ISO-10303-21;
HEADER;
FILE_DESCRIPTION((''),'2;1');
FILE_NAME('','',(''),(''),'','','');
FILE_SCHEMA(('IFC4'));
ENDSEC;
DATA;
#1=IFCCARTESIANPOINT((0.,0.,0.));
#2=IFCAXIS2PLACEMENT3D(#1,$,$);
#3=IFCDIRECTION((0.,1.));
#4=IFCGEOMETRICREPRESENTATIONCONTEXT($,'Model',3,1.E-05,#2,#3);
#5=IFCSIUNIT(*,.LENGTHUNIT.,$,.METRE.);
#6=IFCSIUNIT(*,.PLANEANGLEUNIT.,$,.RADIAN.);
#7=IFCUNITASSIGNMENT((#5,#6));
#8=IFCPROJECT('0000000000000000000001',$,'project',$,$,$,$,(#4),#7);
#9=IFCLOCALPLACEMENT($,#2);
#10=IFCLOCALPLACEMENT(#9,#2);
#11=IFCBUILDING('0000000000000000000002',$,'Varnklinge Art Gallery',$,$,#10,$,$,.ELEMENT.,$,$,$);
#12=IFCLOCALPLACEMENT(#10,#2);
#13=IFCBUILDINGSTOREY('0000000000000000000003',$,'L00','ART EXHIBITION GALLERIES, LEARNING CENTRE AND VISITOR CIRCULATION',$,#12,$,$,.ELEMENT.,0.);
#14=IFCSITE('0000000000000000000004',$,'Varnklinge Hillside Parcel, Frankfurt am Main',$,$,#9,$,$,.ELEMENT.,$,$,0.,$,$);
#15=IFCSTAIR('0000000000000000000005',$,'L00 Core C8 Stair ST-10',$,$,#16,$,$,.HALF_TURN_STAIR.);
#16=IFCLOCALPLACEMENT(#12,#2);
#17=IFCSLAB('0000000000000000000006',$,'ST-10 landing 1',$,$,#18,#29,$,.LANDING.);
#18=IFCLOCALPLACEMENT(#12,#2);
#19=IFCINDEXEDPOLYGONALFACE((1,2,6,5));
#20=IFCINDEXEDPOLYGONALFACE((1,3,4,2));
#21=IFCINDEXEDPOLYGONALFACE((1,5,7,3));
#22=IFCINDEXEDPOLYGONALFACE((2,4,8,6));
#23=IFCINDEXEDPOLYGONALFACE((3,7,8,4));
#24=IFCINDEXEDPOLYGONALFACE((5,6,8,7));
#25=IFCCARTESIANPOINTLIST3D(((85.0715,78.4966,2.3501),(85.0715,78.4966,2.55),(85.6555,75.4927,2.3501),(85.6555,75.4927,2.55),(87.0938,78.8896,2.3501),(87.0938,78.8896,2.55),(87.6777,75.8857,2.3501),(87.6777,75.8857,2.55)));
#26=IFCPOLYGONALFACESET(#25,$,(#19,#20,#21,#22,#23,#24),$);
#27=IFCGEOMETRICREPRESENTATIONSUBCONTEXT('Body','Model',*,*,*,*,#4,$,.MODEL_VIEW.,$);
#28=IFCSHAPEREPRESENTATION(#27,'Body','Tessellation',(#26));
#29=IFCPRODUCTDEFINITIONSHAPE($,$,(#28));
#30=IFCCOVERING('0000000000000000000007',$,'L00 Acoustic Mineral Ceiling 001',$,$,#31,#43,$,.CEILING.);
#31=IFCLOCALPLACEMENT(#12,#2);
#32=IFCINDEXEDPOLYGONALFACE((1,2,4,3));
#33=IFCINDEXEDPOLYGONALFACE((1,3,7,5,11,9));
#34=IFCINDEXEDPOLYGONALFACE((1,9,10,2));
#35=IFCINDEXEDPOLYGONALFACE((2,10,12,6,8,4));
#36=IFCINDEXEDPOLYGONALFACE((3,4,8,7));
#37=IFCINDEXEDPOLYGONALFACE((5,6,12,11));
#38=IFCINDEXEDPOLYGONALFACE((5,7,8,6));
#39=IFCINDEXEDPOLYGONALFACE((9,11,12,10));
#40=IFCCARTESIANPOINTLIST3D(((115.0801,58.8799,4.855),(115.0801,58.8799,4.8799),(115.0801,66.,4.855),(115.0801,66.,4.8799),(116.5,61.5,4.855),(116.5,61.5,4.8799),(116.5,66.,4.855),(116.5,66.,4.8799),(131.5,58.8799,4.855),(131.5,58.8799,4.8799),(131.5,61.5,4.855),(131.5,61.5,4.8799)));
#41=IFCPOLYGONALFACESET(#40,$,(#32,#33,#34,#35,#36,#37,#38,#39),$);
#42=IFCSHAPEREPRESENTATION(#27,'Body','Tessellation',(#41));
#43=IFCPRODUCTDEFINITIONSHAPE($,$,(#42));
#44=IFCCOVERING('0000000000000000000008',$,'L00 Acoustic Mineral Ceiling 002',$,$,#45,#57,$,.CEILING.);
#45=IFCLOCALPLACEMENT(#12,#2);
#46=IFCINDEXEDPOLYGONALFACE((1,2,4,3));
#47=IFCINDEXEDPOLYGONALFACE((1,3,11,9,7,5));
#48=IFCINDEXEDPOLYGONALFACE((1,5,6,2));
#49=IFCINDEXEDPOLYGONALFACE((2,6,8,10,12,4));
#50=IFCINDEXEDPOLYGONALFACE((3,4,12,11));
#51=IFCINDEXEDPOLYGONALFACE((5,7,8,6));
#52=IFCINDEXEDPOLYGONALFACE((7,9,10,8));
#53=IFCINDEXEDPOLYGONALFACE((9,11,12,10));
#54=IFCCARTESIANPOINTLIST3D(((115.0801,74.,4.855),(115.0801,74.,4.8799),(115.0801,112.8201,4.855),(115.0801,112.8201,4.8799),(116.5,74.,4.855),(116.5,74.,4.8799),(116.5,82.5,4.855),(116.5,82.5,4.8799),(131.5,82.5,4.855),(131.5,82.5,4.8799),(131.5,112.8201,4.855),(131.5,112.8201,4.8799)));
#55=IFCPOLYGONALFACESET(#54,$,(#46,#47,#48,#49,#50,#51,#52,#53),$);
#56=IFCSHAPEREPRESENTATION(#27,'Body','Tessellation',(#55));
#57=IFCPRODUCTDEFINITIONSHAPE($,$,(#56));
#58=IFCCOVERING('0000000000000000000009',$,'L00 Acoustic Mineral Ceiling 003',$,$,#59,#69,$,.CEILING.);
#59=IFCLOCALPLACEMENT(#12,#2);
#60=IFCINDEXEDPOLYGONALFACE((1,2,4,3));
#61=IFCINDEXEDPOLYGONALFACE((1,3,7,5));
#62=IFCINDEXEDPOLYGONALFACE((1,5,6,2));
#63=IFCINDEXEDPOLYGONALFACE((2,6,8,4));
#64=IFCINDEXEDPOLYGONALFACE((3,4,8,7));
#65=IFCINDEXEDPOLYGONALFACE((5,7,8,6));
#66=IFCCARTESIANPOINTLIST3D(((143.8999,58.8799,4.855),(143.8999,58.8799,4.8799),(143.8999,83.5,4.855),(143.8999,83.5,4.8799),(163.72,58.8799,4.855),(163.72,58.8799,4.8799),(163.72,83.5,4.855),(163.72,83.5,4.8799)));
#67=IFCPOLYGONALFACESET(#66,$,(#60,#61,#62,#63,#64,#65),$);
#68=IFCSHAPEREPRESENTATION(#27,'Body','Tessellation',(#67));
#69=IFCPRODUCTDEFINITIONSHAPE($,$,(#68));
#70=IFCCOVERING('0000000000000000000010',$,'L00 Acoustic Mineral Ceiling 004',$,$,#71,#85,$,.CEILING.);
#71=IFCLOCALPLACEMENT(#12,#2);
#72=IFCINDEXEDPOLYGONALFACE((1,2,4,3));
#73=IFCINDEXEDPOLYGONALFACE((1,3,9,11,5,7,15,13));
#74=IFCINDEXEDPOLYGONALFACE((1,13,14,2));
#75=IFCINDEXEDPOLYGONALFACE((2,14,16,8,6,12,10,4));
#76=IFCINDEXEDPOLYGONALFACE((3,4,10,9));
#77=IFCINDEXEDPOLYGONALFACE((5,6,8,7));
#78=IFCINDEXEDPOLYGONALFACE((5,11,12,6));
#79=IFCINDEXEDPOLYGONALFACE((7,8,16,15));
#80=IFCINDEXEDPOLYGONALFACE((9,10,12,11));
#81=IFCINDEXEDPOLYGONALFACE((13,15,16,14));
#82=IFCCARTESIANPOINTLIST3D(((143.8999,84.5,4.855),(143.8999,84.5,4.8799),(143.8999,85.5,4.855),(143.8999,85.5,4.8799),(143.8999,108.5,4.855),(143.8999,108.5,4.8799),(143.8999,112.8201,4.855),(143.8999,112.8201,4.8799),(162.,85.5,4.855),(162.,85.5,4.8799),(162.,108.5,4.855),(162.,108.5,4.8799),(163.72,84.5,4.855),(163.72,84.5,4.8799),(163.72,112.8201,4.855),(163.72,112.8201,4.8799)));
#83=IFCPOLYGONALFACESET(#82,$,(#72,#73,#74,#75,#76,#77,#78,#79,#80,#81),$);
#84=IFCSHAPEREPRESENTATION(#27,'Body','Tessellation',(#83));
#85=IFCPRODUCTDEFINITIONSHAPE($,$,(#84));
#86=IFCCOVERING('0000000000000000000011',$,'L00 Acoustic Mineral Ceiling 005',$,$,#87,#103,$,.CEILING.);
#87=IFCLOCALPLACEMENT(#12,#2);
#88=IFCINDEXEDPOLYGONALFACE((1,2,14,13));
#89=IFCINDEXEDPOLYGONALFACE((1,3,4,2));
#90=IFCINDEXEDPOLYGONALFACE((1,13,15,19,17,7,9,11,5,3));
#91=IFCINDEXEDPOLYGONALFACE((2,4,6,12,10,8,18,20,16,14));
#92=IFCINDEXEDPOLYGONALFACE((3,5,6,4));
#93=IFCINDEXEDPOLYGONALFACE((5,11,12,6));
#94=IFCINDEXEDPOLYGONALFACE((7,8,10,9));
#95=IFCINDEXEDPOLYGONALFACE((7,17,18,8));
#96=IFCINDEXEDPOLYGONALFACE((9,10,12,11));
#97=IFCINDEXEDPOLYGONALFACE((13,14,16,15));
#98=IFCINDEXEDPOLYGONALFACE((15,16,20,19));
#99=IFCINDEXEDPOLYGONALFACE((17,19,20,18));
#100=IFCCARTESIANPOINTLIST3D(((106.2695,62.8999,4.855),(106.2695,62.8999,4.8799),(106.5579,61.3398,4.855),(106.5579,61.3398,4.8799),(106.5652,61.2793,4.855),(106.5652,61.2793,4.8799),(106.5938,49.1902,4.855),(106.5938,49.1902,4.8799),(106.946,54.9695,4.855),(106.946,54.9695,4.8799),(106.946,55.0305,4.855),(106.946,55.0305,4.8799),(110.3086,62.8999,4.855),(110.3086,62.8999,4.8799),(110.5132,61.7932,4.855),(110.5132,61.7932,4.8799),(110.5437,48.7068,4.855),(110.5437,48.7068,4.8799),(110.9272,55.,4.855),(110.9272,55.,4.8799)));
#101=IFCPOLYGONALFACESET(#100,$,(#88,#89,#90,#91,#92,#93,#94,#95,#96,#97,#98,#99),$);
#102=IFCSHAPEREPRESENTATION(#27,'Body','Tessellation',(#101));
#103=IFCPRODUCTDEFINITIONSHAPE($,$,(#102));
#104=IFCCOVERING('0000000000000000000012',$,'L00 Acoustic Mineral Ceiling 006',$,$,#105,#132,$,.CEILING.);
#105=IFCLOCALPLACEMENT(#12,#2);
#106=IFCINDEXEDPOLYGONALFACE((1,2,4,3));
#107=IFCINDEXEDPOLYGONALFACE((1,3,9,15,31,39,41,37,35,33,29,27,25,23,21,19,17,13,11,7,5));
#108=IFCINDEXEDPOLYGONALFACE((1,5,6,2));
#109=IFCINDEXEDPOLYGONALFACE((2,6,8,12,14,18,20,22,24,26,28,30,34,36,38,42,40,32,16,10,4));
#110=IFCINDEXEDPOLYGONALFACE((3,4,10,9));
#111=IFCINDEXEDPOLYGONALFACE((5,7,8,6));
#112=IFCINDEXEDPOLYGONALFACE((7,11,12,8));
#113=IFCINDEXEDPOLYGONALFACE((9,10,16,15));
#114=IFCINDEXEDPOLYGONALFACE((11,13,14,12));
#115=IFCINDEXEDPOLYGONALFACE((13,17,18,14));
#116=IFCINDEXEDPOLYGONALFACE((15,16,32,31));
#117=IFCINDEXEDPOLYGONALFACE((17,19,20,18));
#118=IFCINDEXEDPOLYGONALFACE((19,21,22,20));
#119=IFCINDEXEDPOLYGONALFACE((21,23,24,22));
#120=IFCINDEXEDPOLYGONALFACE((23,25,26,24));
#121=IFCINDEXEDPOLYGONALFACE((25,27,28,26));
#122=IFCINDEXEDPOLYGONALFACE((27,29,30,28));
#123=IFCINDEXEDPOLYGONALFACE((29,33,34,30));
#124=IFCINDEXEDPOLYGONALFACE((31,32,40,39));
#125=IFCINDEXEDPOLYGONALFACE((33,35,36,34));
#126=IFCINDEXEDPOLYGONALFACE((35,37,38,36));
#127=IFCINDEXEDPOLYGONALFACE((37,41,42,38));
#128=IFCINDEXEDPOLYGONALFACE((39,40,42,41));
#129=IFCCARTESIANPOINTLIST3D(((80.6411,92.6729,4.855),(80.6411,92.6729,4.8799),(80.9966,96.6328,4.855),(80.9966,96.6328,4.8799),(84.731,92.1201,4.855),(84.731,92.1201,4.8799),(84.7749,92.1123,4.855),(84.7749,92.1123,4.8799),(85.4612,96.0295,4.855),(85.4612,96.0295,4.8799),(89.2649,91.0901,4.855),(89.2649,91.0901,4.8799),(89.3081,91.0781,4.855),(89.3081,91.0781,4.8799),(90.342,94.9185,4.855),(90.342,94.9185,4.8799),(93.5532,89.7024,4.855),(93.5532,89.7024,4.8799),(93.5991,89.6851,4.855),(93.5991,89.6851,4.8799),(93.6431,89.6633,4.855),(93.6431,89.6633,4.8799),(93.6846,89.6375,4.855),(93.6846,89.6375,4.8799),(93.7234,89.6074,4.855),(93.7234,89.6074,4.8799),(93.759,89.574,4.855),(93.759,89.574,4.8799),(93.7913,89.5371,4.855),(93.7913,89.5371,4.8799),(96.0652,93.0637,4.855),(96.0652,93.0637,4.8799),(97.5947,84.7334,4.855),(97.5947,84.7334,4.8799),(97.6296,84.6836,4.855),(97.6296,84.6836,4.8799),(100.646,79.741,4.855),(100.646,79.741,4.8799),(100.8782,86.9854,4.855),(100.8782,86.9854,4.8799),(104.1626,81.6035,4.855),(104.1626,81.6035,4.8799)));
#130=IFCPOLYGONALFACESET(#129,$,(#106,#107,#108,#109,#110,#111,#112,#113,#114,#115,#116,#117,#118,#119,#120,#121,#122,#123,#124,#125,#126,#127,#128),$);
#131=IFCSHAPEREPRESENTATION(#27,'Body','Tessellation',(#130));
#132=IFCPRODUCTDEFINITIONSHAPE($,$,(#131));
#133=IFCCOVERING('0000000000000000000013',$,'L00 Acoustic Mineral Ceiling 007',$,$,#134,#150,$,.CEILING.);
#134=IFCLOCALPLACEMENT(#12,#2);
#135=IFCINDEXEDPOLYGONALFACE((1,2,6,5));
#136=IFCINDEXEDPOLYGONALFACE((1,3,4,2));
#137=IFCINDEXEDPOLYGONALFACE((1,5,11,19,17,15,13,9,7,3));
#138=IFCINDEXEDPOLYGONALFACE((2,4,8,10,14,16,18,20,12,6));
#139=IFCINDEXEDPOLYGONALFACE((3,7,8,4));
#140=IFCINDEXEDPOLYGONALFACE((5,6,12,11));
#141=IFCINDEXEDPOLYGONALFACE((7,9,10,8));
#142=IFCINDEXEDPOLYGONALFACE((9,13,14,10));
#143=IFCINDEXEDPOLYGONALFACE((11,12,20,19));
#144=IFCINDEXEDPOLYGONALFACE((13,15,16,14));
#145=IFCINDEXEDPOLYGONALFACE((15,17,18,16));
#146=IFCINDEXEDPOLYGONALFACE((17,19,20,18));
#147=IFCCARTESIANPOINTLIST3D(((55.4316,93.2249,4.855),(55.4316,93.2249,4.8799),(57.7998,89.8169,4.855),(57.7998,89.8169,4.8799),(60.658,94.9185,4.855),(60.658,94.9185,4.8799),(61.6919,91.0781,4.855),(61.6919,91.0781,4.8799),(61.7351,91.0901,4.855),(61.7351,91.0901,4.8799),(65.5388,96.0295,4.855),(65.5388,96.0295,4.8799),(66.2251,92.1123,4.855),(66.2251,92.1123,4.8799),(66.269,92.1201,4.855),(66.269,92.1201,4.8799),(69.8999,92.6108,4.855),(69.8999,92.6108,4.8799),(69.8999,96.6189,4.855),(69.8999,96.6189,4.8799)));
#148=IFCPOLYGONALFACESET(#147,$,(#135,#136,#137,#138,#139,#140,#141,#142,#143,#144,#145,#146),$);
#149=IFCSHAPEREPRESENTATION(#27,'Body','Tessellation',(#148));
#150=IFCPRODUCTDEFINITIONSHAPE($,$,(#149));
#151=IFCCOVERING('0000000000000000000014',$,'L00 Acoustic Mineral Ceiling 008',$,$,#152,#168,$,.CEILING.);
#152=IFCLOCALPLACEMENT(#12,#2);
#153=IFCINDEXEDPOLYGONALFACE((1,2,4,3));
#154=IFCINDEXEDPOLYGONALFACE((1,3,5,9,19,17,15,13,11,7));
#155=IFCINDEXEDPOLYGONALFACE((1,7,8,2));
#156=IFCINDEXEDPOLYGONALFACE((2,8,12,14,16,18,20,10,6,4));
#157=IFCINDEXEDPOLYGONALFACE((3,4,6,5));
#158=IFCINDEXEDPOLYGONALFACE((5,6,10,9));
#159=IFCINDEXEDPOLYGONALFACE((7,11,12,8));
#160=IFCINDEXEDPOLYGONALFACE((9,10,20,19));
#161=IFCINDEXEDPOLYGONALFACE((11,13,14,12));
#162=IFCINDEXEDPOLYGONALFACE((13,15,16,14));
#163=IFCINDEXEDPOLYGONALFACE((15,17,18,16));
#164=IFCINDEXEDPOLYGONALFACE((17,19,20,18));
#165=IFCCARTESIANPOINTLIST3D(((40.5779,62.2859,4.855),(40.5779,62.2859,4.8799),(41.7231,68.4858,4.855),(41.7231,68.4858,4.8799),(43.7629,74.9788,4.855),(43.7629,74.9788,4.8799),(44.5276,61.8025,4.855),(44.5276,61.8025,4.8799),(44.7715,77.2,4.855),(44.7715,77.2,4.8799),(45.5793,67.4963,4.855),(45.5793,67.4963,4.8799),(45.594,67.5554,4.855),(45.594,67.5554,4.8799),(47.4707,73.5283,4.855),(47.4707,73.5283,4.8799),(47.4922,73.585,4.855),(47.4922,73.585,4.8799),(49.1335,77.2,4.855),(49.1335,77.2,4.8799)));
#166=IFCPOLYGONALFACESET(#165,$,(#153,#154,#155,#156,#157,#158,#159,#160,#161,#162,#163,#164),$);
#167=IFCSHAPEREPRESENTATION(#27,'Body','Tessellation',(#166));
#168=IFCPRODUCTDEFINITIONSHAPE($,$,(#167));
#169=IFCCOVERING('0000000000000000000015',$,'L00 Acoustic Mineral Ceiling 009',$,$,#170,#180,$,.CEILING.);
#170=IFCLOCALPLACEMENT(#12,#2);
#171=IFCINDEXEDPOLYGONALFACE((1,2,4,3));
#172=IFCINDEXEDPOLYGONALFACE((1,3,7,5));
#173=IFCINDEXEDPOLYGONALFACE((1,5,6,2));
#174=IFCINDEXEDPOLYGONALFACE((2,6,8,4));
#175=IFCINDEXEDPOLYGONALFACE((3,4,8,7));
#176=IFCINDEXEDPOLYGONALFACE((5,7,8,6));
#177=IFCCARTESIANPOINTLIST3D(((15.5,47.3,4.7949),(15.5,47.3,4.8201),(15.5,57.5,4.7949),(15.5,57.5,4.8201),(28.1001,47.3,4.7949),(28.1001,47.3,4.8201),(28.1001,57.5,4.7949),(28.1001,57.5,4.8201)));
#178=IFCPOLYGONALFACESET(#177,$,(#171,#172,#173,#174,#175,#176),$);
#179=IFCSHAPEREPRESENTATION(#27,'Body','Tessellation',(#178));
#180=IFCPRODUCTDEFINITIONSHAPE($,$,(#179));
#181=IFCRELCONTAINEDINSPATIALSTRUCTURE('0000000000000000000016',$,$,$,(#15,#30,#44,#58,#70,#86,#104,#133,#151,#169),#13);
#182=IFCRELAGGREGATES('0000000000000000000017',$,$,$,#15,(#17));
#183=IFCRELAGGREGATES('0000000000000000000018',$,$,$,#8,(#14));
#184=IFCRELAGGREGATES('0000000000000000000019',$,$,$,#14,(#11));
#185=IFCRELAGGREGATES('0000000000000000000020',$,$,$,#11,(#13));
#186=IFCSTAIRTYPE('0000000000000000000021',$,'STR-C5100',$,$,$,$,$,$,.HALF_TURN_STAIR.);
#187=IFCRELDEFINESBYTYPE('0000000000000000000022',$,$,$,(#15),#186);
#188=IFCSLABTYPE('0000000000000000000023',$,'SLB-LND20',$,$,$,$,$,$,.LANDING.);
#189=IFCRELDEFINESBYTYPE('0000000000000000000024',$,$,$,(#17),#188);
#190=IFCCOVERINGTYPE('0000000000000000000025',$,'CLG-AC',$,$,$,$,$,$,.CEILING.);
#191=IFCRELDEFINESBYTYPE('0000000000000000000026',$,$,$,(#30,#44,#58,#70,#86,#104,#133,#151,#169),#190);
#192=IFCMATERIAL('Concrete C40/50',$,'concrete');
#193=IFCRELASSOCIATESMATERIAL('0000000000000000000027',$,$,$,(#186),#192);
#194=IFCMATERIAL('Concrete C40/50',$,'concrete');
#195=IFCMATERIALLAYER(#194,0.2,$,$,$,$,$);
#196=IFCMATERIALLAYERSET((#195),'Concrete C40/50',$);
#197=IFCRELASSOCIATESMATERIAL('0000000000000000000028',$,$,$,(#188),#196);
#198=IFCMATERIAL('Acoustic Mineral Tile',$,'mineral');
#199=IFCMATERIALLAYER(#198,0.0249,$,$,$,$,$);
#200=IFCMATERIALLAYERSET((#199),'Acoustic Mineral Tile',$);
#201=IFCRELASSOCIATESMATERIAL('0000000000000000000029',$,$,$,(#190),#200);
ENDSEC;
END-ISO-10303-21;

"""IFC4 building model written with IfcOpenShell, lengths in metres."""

from ifc_helpers import new_model, si_unit, direction, frame, origin, place, context, subcontext, project, spatial, polyline, outline, extrude, material, layer, layer_set, type_object, element, aggregate, save


model = new_model("IFC4")

# Units and contexts
model_context = context("Model", 3, precision=1e-05, world=origin(), true_north=direction((0.0, 1.0)))
body_context = subcontext(model_context, "Body", "Model", "MODEL_VIEW")
ifc_project = project(units=[si_unit("LENGTHUNIT", "METRE"), si_unit("PLANEANGLEUNIT", "RADIAN")], contexts=[model_context])

# Site, building, storey
site_placement = place(None, origin())
site = spatial("IfcSite", under=ifc_project, at=site_placement, Name="Varnklinge Hillside Parcel, Frankfurt am Main", CompositionType="ELEMENT", RefElevation=0.0)
building_placement = place(site_placement, origin())
building = spatial("IfcBuilding", under=site, at=building_placement, Name="Varnklinge Art Gallery", CompositionType="ELEMENT")
storey_placement = place(building_placement, origin())
storey = spatial("IfcBuildingStorey", under=building, at=storey_placement, Name="L00", Description="ART EXHIBITION GALLERIES, LEARNING CENTRE AND VISITOR CIRCULATION", CompositionType="ELEMENT", Elevation=0.0)

# Stair, slab
ifc_material_1 = material(Name="Concrete C40/50", Category="concrete")
stair_type = type_object("IfcStairType", Name="STR-C5100", PredefinedType="HALF_TURN_STAIR", material=ifc_material_1)
stair_placement = place(storey_placement, origin())
stair = element("IfcStair", 1, at=stair_placement, inside=storey, type_object=stair_type, Name="L00 Core C8 Stair ST-10", PredefinedType="HALF_TURN_STAIR")
ifc_material_2 = material(Name="Concrete C40/50", Category="concrete")
ifc_layer_1 = layer(ifc_material_2, 0.2)
ifc_layer_set_1 = layer_set([ifc_layer_1], Name="Concrete C40/50")
slab_type = type_object("IfcSlabType", Name="SLB-LND20", PredefinedType="LANDING", material=ifc_layer_set_1)
slab_placement = place(storey_placement, frame((0.0, 0.0, 2.3501)))
slab = element("IfcSlab", 2, at=slab_placement, type_object=slab_type, Name="ST-10 landing 1", PredefinedType="LANDING", context=body_context, shape_type="SweptSolid", body=[
    extrude(outline(polyline([(85.6555, 75.4927), (87.6777, 75.8857), (87.0938, 78.8896), (85.0715, 78.4966), (85.6555, 75.4927)])), origin(), (0.0, 0.0, 1.0), 0.2),
])
aggregate(stair, [slab])

# Coverings
ifc_material_3 = material(Name="Acoustic Mineral Tile", Category="mineral")
ifc_layer_2 = layer(ifc_material_3, 0.0249)
ifc_layer_set_2 = layer_set([ifc_layer_2], Name="Acoustic Mineral Tile")
covering_type_1 = type_object("IfcCoveringType", Name="CLG-AC", PredefinedType="CEILING", material=ifc_layer_set_2)
covering_1_placement = place(storey_placement, frame((0.0, 0.0, 4.855)))
element("IfcCovering", 3, at=covering_1_placement, inside=storey, type_object=covering_type_1, Name="L00 Acoustic Mineral Ceiling 001", PredefinedType="CEILING", context=body_context, shape_type="SweptSolid", body=[
    extrude(outline(polyline([(115.0801, 58.8799), (131.5, 58.8799), (131.5, 61.5), (116.5, 61.5), (116.5, 66.0), (115.0801, 66.0), (115.0801, 58.8799)])), origin(), (0.0, 0.0, 1.0), 0.0249),
])
covering_2_placement = place(storey_placement, frame((0.0, 0.0, 4.855)))
element("IfcCovering", 4, at=covering_2_placement, inside=storey, type_object=covering_type_1, Name="L00 Acoustic Mineral Ceiling 002", PredefinedType="CEILING", context=body_context, shape_type="SweptSolid", body=[
    extrude(outline(polyline([(115.0801, 74.0), (116.5, 74.0), (116.5, 82.5), (131.5, 82.5), (131.5, 112.8201), (115.0801, 112.8201), (115.0801, 74.0)])), origin(), (0.0, 0.0, 1.0), 0.0249),
])
covering_3_placement = place(storey_placement, frame((0.0, 0.0, 4.855)))
element("IfcCovering", 5, at=covering_3_placement, inside=storey, type_object=covering_type_1, Name="L00 Acoustic Mineral Ceiling 003", PredefinedType="CEILING", context=body_context, shape_type="SweptSolid", body=[
    extrude(outline(polyline([(143.8999, 58.8799), (163.72, 58.8799), (163.72, 83.5), (143.8999, 83.5), (143.8999, 58.8799)])), origin(), (0.0, 0.0, 1.0), 0.0249),
])
covering_4_placement = place(storey_placement, frame((0.0, 0.0, 4.855)))
element("IfcCovering", 6, at=covering_4_placement, inside=storey, type_object=covering_type_1, Name="L00 Acoustic Mineral Ceiling 004", PredefinedType="CEILING", context=body_context, shape_type="SweptSolid", body=[
    extrude(outline(polyline([(143.8999, 84.5), (163.72, 84.5), (163.72, 112.8201), (143.8999, 112.8201), (143.8999, 108.5), (162.0, 108.5), (162.0, 85.5), (143.8999, 85.5), (143.8999, 84.5)])), origin(), (0.0, 0.0, 1.0), 0.0249),
])
covering_5_placement = place(storey_placement, frame((0.0, 0.0, 4.855)))
element("IfcCovering", 7, at=covering_5_placement, inside=storey, type_object=covering_type_1, Name="L00 Acoustic Mineral Ceiling 005", PredefinedType="CEILING", context=body_context, shape_type="SweptSolid", body=[
    extrude(outline(polyline([(106.5652, 61.2793), (106.946, 55.0305), (106.946, 54.9695), (106.5938, 49.1902), (110.5437, 48.7068), (110.9272, 55.0), (110.5132, 61.7932), (110.3086, 62.8999), (106.2695, 62.8999), (106.5579, 61.3398), (106.5652, 61.2793)])), origin(), (0.0, 0.0, 1.0), 0.0249),
])
covering_6_placement = place(storey_placement, frame((0.0, 0.0, 4.855)))
element("IfcCovering", 8, at=covering_6_placement, inside=storey, type_object=covering_type_1, Name="L00 Acoustic Mineral Ceiling 006", PredefinedType="CEILING", context=body_context, shape_type="SweptSolid", body=[
    extrude(outline(polyline([(89.3081, 91.0781), (93.5532, 89.7024), (93.5991, 89.6851), (93.6431, 89.6633), (93.6846, 89.6375), (93.7234, 89.6074), (93.759, 89.574), (93.7913, 89.5371), (97.5947, 84.7334), (97.6296, 84.6836), (100.646, 79.741), (104.1626, 81.6035), (100.8782, 86.9854), (96.0652, 93.0637), (90.342, 94.9185), (85.4612, 96.0295), (80.9966, 96.6328), (80.6411, 92.6729), (84.731, 92.1201), (84.7749, 92.1123), (89.2649, 91.0901), (89.3081, 91.0781)])), origin(), (0.0, 0.0, 1.0), 0.0249),
])
covering_7_placement = place(storey_placement, frame((0.0, 0.0, 4.855)))
element("IfcCovering", 9, at=covering_7_placement, inside=storey, type_object=covering_type_1, Name="L00 Acoustic Mineral Ceiling 007", PredefinedType="CEILING", context=body_context, shape_type="SweptSolid", body=[
    extrude(outline(polyline([(69.8999, 96.6189), (65.5388, 96.0295), (60.658, 94.9185), (55.4316, 93.2249), (57.7998, 89.8169), (61.6919, 91.0781), (61.7351, 91.0901), (66.2251, 92.1123), (66.269, 92.1201), (69.8999, 92.6108), (69.8999, 96.6189)])), origin(), (0.0, 0.0, 1.0), 0.0249),
])
covering_8_placement = place(storey_placement, frame((0.0, 0.0, 4.855)))
element("IfcCovering", 10, at=covering_8_placement, inside=storey, type_object=covering_type_1, Name="L00 Acoustic Mineral Ceiling 008", PredefinedType="CEILING", context=body_context, shape_type="SweptSolid", body=[
    extrude(outline(polyline([(40.5779, 62.2859), (44.5276, 61.8025), (45.5793, 67.4963), (45.594, 67.5554), (47.4707, 73.5283), (47.4922, 73.585), (49.1335, 77.2), (44.7715, 77.2), (43.7629, 74.9788), (41.7231, 68.4858), (40.5779, 62.2859)])), origin(), (0.0, 0.0, 1.0), 0.0249),
])
covering_9_placement = place(storey_placement, frame((0.0, 0.0, 4.7949)))
element("IfcCovering", 11, at=covering_9_placement, inside=storey, type_object=covering_type_1, Name="L00 Acoustic Mineral Ceiling 009", PredefinedType="CEILING", context=body_context, shape_type="SweptSolid", body=[
    extrude(outline(polyline([(28.1001, 57.5), (15.5, 57.5), (15.5, 47.3), (28.1001, 47.3), (28.1001, 57.5)])), origin(), (0.0, 0.0, 1.0), 0.0251),
])

save(model, "model.ifc")
